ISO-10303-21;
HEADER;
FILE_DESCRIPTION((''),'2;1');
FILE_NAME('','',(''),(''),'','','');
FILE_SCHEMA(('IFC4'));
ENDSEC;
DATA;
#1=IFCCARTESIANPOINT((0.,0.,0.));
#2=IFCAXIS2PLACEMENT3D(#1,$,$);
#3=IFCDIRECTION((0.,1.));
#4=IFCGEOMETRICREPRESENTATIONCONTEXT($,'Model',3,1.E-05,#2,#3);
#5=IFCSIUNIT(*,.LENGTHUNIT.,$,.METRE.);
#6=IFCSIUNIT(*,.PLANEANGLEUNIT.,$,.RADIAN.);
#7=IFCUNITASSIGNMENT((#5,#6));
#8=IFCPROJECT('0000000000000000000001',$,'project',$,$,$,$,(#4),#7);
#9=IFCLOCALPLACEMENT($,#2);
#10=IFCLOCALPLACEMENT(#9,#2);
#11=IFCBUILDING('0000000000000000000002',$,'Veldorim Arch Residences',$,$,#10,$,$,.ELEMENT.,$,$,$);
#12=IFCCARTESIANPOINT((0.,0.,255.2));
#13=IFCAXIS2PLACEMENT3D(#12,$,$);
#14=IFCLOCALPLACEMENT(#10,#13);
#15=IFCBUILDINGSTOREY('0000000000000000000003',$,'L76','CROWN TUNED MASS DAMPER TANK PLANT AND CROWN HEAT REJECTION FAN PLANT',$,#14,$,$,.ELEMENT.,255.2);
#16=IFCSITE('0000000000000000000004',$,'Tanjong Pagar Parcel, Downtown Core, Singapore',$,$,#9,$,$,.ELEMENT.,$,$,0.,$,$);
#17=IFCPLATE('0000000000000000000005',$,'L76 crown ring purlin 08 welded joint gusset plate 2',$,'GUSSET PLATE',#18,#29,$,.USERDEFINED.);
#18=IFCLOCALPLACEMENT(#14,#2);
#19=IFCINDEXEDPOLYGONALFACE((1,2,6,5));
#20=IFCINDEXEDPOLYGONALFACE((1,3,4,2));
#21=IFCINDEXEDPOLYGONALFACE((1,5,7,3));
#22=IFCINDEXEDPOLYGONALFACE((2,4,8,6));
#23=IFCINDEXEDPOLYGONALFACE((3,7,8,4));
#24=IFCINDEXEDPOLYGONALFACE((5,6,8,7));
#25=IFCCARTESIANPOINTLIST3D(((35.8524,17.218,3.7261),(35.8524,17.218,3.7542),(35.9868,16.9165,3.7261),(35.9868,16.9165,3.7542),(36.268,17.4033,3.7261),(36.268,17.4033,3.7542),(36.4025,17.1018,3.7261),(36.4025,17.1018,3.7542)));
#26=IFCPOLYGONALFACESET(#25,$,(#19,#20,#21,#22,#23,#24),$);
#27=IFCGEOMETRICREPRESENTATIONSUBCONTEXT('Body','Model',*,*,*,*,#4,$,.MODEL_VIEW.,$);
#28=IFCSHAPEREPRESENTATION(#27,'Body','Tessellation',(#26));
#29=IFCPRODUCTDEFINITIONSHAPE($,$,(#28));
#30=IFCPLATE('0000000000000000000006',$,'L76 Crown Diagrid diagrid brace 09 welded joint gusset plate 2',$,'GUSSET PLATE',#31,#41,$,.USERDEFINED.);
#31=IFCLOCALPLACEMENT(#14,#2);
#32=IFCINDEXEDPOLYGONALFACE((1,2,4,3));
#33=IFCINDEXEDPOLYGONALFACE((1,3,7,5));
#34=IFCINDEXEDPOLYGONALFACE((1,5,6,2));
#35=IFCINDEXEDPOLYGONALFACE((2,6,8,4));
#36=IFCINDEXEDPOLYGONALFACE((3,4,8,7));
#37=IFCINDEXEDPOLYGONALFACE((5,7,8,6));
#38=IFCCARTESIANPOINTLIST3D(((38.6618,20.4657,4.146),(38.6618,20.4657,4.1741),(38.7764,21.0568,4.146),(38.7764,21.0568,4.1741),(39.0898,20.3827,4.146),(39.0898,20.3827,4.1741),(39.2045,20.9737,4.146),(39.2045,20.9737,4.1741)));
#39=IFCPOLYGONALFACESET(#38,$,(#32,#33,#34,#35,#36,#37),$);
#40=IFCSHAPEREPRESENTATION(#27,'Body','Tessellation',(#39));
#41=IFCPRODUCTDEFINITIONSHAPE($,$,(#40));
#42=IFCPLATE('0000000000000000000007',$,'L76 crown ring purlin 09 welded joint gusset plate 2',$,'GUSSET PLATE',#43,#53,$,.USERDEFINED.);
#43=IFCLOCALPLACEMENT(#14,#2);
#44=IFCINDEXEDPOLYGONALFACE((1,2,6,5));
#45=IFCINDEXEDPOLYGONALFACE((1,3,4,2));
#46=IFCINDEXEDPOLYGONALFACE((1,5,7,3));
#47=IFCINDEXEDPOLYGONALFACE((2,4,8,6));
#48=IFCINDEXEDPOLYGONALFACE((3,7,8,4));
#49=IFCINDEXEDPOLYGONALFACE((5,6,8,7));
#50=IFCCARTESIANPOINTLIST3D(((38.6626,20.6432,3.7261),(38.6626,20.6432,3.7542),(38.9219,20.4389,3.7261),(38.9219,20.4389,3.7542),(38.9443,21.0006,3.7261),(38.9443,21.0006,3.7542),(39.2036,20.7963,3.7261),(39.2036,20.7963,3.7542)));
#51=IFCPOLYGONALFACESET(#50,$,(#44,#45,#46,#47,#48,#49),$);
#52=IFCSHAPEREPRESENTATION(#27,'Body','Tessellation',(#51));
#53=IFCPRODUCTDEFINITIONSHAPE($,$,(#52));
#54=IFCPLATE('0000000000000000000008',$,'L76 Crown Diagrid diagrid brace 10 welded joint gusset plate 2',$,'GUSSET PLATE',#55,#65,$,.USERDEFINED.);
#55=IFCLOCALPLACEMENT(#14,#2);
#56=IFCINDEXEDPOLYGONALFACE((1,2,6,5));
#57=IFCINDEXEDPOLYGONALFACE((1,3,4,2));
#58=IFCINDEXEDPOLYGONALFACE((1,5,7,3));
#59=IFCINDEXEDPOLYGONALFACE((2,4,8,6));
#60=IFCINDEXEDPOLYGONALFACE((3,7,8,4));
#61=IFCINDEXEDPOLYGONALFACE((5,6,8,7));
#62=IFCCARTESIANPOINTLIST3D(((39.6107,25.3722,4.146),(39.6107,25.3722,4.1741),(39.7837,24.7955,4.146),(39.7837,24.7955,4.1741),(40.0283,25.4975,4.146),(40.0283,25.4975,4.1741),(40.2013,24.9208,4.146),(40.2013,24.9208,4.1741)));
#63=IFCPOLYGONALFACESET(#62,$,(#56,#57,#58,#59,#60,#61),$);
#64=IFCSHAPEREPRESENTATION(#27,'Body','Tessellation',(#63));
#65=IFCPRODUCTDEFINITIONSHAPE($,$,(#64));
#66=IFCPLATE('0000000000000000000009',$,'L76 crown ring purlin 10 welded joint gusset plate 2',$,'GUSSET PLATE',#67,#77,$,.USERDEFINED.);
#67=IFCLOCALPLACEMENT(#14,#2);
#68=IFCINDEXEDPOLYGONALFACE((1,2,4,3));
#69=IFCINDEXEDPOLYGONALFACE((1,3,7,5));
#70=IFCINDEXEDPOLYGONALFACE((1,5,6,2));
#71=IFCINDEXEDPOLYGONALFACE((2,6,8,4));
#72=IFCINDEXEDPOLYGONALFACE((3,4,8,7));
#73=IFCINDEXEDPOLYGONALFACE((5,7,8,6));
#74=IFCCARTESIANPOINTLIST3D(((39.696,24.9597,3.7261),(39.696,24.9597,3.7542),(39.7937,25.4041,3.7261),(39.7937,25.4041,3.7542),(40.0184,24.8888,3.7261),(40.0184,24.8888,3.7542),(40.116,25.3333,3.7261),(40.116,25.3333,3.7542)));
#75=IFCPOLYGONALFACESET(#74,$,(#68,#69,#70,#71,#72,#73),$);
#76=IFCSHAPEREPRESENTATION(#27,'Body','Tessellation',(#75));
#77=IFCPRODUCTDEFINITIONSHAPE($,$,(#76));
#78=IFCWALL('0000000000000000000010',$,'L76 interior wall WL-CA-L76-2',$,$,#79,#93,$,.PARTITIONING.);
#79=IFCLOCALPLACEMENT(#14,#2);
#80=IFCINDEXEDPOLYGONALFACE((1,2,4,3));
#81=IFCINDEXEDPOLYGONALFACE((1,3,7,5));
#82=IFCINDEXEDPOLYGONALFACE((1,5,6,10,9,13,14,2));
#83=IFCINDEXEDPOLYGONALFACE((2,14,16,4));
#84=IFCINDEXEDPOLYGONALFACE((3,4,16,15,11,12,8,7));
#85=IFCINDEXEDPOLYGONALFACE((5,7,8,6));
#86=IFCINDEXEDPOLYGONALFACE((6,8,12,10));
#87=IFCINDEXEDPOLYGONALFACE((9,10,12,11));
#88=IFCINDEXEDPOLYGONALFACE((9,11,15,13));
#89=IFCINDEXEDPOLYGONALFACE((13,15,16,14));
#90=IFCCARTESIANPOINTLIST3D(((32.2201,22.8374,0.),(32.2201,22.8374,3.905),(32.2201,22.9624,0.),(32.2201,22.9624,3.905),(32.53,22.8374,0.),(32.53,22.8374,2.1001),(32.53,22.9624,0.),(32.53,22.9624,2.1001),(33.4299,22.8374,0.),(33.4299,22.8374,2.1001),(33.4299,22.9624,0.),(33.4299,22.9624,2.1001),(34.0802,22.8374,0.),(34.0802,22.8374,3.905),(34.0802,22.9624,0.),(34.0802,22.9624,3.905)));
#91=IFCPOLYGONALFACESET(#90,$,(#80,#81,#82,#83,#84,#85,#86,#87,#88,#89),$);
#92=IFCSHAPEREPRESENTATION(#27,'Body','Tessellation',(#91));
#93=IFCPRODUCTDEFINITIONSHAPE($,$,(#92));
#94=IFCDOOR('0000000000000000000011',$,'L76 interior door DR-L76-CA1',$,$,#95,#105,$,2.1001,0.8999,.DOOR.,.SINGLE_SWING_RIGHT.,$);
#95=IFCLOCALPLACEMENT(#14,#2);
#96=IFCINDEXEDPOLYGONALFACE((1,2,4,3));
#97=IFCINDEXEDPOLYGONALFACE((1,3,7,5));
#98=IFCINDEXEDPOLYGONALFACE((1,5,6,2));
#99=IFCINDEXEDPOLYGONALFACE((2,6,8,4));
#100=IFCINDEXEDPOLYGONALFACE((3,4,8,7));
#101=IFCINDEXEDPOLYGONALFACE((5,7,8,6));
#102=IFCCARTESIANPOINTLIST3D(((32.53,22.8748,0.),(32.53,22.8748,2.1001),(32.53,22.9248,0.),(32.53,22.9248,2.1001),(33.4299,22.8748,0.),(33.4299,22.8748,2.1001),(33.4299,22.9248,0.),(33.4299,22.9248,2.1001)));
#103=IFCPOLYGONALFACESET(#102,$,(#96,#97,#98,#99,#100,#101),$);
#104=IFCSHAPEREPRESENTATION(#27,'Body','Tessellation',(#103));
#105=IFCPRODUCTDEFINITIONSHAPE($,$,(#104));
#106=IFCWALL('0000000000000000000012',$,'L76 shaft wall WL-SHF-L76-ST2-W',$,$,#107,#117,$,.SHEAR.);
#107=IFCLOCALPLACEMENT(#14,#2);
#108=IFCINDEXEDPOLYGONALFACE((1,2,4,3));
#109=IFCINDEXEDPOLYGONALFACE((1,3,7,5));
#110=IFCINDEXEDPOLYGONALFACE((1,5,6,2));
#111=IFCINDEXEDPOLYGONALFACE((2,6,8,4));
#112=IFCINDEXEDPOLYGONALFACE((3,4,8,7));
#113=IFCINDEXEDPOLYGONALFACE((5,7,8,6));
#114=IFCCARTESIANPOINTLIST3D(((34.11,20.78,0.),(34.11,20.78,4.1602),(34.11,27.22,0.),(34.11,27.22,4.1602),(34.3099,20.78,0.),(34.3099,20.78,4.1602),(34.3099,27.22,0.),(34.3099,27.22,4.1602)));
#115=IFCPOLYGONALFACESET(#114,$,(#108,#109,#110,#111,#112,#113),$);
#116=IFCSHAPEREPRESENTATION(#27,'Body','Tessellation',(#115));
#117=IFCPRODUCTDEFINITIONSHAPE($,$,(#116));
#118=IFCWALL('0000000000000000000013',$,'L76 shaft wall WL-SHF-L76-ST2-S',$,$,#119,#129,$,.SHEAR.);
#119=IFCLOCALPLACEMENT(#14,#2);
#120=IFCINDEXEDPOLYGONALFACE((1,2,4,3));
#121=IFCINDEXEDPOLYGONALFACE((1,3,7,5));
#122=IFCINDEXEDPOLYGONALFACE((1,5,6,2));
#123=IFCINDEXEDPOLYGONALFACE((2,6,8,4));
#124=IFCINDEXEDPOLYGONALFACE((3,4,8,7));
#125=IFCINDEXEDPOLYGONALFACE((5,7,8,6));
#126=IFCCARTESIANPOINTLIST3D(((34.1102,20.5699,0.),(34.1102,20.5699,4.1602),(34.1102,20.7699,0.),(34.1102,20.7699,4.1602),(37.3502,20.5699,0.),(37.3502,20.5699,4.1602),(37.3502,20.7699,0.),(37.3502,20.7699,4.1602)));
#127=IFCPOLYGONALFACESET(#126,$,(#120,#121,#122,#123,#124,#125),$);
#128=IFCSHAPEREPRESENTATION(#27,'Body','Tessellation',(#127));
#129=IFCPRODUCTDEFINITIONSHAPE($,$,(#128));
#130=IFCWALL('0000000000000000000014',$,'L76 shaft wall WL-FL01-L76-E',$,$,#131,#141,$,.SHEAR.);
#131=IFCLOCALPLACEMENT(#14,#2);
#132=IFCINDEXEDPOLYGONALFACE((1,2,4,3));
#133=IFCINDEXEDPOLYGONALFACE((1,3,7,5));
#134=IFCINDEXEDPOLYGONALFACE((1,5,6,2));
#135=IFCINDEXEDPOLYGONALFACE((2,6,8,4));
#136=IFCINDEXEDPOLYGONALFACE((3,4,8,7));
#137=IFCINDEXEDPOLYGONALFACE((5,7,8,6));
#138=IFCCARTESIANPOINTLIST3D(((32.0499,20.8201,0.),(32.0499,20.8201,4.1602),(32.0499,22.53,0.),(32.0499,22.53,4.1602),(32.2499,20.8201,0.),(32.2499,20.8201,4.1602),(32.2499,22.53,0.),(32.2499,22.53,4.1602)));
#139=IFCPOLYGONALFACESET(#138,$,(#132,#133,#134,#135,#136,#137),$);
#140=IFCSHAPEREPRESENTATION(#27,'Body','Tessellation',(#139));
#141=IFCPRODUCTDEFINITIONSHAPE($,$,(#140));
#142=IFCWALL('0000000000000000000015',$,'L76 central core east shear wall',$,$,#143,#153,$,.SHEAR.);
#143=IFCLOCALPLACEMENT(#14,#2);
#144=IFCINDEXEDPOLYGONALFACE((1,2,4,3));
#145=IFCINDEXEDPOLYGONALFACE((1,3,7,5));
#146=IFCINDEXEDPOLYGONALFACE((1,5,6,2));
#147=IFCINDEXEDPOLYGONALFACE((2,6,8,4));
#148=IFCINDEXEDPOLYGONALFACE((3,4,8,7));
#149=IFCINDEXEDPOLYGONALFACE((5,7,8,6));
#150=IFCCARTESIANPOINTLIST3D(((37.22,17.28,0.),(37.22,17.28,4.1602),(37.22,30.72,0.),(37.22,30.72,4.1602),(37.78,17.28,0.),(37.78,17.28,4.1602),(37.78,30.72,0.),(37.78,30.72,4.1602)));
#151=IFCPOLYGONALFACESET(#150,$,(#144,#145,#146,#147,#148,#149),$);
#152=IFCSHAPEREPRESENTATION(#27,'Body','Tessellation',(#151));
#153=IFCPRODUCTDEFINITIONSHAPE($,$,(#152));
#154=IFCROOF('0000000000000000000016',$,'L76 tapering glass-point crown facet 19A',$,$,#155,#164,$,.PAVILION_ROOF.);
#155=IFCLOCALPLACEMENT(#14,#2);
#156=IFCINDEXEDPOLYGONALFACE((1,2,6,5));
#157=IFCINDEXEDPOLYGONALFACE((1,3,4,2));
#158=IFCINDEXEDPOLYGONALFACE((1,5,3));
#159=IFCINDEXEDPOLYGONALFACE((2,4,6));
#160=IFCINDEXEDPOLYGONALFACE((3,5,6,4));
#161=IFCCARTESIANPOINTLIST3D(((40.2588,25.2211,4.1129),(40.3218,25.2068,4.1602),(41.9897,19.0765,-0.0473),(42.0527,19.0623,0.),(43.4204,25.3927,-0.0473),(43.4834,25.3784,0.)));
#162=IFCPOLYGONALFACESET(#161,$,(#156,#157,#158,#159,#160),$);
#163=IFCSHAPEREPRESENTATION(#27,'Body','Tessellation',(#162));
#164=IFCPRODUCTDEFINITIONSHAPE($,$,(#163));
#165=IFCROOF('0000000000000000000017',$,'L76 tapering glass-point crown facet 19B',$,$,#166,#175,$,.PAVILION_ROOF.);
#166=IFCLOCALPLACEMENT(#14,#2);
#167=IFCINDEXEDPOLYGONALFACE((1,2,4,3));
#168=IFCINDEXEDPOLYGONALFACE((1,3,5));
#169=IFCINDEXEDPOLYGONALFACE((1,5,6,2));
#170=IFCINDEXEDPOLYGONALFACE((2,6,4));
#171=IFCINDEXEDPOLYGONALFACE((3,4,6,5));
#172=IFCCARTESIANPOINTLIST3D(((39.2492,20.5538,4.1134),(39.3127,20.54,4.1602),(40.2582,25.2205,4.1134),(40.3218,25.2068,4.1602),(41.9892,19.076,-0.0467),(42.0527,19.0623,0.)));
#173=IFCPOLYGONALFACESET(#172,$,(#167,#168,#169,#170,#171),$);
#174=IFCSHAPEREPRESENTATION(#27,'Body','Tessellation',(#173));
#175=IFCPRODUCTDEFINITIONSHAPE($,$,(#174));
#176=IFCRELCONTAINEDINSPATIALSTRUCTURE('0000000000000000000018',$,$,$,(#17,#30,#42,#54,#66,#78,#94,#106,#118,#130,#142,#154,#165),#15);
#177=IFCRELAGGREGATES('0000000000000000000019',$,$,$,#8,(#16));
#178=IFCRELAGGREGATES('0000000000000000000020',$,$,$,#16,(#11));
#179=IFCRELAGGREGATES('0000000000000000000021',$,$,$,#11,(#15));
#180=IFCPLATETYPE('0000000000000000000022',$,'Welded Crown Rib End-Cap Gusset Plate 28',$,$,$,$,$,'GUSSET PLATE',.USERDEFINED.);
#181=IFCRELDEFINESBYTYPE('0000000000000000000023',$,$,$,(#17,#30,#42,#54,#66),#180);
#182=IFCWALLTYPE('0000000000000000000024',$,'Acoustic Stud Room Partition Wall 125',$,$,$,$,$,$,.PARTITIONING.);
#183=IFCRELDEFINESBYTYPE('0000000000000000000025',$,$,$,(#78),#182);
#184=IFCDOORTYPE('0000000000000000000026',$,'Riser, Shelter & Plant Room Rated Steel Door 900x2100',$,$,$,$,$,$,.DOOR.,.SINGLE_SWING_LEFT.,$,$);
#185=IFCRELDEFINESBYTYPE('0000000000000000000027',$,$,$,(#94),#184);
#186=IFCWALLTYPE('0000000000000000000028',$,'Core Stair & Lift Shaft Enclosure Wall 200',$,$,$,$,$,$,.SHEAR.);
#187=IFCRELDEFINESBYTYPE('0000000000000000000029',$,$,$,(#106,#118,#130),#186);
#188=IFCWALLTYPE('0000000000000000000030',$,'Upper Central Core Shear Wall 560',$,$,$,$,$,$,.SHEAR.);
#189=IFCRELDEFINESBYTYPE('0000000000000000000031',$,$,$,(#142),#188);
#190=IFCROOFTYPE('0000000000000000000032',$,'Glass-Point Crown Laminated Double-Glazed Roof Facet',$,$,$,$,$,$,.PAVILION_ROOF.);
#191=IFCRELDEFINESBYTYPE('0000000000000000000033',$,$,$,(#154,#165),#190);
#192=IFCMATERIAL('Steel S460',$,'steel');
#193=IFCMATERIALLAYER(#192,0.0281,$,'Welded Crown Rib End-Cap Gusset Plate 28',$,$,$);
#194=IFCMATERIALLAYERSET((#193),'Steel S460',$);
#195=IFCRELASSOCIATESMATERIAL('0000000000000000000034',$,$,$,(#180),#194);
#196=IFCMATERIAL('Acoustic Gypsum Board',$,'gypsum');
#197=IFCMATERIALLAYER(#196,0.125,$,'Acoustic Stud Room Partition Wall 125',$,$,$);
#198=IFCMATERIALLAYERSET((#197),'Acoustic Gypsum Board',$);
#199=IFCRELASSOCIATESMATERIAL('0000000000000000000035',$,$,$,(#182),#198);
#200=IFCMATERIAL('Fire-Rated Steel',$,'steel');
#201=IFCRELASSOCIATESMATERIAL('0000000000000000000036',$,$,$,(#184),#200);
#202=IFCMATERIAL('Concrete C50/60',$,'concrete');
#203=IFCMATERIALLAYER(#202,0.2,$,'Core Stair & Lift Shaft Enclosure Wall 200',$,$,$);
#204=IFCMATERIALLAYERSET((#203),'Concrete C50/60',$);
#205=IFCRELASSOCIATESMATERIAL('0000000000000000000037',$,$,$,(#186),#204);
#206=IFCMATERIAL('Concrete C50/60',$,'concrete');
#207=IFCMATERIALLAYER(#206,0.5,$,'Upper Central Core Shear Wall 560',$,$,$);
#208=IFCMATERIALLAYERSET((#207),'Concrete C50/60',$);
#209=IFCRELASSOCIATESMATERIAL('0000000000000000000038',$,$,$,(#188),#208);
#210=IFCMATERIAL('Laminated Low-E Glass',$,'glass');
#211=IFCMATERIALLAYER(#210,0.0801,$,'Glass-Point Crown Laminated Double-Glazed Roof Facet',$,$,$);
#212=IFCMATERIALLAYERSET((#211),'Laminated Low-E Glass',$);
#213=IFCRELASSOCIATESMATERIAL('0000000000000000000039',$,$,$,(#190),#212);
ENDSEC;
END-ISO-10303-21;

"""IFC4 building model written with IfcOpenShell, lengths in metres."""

from ifc_helpers import new_model, si_unit, direction, frame, frame_2d, origin, origin_2d, place, context, subcontext, project, spatial, polyline, rectangle, outline, extrude, material, layer, layer_set, type_object, element, fill, save


model = new_model("IFC4")

# Units and contexts
model_context = context("Model", 3, precision=1e-05, world=origin(), true_north=direction((0.0, 1.0)))
body_context = subcontext(model_context, "Body", "Model", "MODEL_VIEW")
ifc_project = project(units=[si_unit("LENGTHUNIT", "METRE"), si_unit("PLANEANGLEUNIT", "RADIAN")], contexts=[model_context])

# Site, building, storey
site_placement = place(None, origin())
site = spatial("IfcSite", under=ifc_project, at=site_placement, Name="Tanjong Pagar Parcel, Downtown Core, Singapore", CompositionType="ELEMENT", RefElevation=0.0)
building_placement = place(site_placement, origin())
building = spatial("IfcBuilding", under=site, at=building_placement, Name="Veldorim Arch Residences", CompositionType="ELEMENT")
storey_placement = place(building_placement, frame((0.0, 0.0, 255.2)))
storey = spatial("IfcBuildingStorey", under=building, at=storey_placement, Name="L76", Description="CROWN TUNED MASS DAMPER TANK PLANT AND CROWN HEAT REJECTION FAN PLANT", CompositionType="ELEMENT", Elevation=255.2)

# Plates
ifc_material_1 = material(Name="Steel S460", Category="steel")
ifc_layer_1 = layer(ifc_material_1, 0.0281, Name="Welded Crown Rib End-Cap Gusset Plate 28")
ifc_layer_set_1 = layer_set([ifc_layer_1], Name="Steel S460")
plate_type = type_object("IfcPlateType", Name="Welded Crown Rib End-Cap Gusset Plate 28", ElementType="GUSSET PLATE", PredefinedType="USERDEFINED", material=ifc_layer_set_1)
plate_1_placement = place(storey_placement, frame((36.1274, 17.1599, 3.7261), z_axis=(0.0, 0.0, 1.0), x_axis=(0.913311, 0.407263, 0.0)))
element("IfcPlate", 1, at=plate_1_placement, inside=storey, type_object=plate_type, Name="L76 crown ring purlin 08 welded joint gusset plate 2", ObjectType="GUSSET PLATE", PredefinedType="USERDEFINED", context=body_context, shape_type="SweptSolid", body=[
    extrude(rectangle(XDim=0.4551, YDim=0.3301, at=origin_2d()), origin(), (0.0, 0.0, 1.0), 0.0281),
])
plate_2_placement = place(storey_placement, frame((38.9331, 20.7197, 4.146), z_axis=(0.0, 0.0, 1.0), x_axis=(0.190415, 0.981704, 0.0)))
element("IfcPlate", 2, at=plate_2_placement, inside=storey, type_object=plate_type, Name="L76 Crown Diagrid diagrid brace 09 welded joint gusset plate 2", ObjectType="GUSSET PLATE", PredefinedType="USERDEFINED", context=body_context, shape_type="SweptSolid", body=[
    extrude(rectangle(XDim=0.6021, YDim=0.436, at=origin_2d()), origin(), (0.0, 0.0, 1.0), 0.0281),
])
plate_3_placement = place(storey_placement, frame((38.9331, 20.7197, 3.7261), z_axis=(0.0, 0.0, 1.0), x_axis=(0.619025, 0.785371, 0.0)))
element("IfcPlate", 3, at=plate_3_placement, inside=storey, type_object=plate_type, Name="L76 crown ring purlin 09 welded joint gusset plate 2", ObjectType="GUSSET PLATE", PredefinedType="USERDEFINED", context=body_context, shape_type="SweptSolid", body=[
    extrude(rectangle(XDim=0.4551, YDim=0.3301, at=origin_2d()), origin(), (0.0, 0.0, 1.0), 0.0281),
])
plate_4_placement = place(storey_placement, frame((39.906, 25.1465, 4.146), z_axis=(0.0, 0.0, 1.0), x_axis=(-0.287327, 0.957833, 0.0)))
element("IfcPlate", 4, at=plate_4_placement, inside=storey, type_object=plate_type, Name="L76 Crown Diagrid diagrid brace 10 welded joint gusset plate 2", ObjectType="GUSSET PLATE", PredefinedType="USERDEFINED", context=body_context, shape_type="SweptSolid", body=[
    extrude(rectangle(XDim=0.6021, YDim=0.436, at=origin_2d()), origin(), (0.0, 0.0, 1.0), 0.0281),
])
plate_5_placement = place(storey_placement, frame((39.906, 25.1465, 3.7261), z_axis=(0.0, 0.0, 1.0), x_axis=(0.214667, 0.976687, 0.0)))
element("IfcPlate", 5, at=plate_5_placement, inside=storey, type_object=plate_type, Name="L76 crown ring purlin 10 welded joint gusset plate 2", ObjectType="GUSSET PLATE", PredefinedType="USERDEFINED", context=body_context, shape_type="SweptSolid", body=[
    extrude(rectangle(XDim=0.4551, YDim=0.3301, at=origin_2d()), origin(), (0.0, 0.0, 1.0), 0.0281),
])

# Wall, opening, door
ifc_material_2 = material(Name="Acoustic Gypsum Board", Category="gypsum")
ifc_layer_2 = layer(ifc_material_2, 0.125, Name="Acoustic Stud Room Partition Wall 125")
ifc_layer_set_2 = layer_set([ifc_layer_2], Name="Acoustic Gypsum Board")
wall_type_1 = type_object("IfcWallType", Name="Acoustic Stud Room Partition Wall 125", PredefinedType="PARTITIONING", material=ifc_layer_set_2)
wall_1_placement = place(storey_placement, frame((32.22, 22.8999, 0.0), z_axis=(0.0, 0.0, 1.0), x_axis=(1.0, 0.0, 0.0)))
wall_1 = element("IfcWall", 6, at=wall_1_placement, inside=storey, type_object=wall_type_1, Name="L76 interior wall WL-CA-L76-2", PredefinedType="PARTITIONING", context=body_context, shape_type="SweptSolid", body=[
    extrude(rectangle(XDim=1.8601, YDim=0.125, at=frame_2d((0.9302, 0.0))), origin(), (0.0, 0.0, 1.0), 3.905),
])
opening_placement = place(wall_1_placement, frame((0.3101, 0.0, 0.0)))
opening = element("IfcOpeningElement", 7, at=opening_placement, cuts=wall_1, PredefinedType="OPENING", context=body_context, shape_type="SweptSolid", body=[
    extrude(rectangle(XDim=0.8999, YDim=2.1001, at=frame_2d((0.45, 1.05))), frame((0.0, 0.0725, 0.0), z_axis=(0.0, -1.0, 0.0), x_axis=(1.0, 0.0, 0.0)), (0.0, 0.0, 1.0), 0.145),
])
ifc_material_3 = material(Name="Fire-Rated Steel", Category="steel")
door_type = type_object("IfcDoorType", Name="Riser, Shelter & Plant Room Rated Steel Door 900x2100", OperationType="SINGLE_SWING_LEFT", PredefinedType="DOOR", material=ifc_material_3)
door_placement = place(opening_placement, origin())
door = element("IfcDoor", 8, at=door_placement, inside=storey, type_object=door_type, Name="L76 interior door DR-L76-CA1", OperationType="SINGLE_SWING_RIGHT", OverallHeight=2.1001, OverallWidth=0.8999, PredefinedType="DOOR", context=body_context, shape_type="SweptSolid", body=[
    extrude(rectangle(XDim=0.8999, YDim=2.1001, at=frame_2d((0.45, 1.05))), frame((0.0, 0.0249, 0.0), z_axis=(0.0, -1.0, 0.0), x_axis=(1.0, 0.0, 0.0)), (0.0, 0.0, 1.0), 0.05),
])
fill(opening, door)

# Walls
ifc_material_4 = material(Name="Concrete C50/60", Category="concrete")
ifc_layer_3 = layer(ifc_material_4, 0.2, Name="Core Stair & Lift Shaft Enclosure Wall 200")
ifc_layer_set_3 = layer_set([ifc_layer_3], Name="Concrete C50/60")
wall_type_2 = type_object("IfcWallType", Name="Core Stair & Lift Shaft Enclosure Wall 200", PredefinedType="SHEAR", material=ifc_layer_set_3)
wall_2_placement = place(storey_placement, frame((34.21, 20.78, 0.0), z_axis=(0.0, 0.0, 1.0), x_axis=(0.0, 1.0, 0.0)))
element("IfcWall", 9, at=wall_2_placement, inside=storey, type_object=wall_type_2, Name="L76 shaft wall WL-SHF-L76-ST2-W", PredefinedType="SHEAR", context=body_context, shape_type="SweptSolid", body=[
    extrude(rectangle(XDim=6.4399, YDim=0.2, at=frame_2d((3.22, 0.0))), origin(), (0.0, 0.0, 1.0), 4.1602),
])
wall_3_placement = place(storey_placement, frame((34.1101, 20.6699, 0.0), z_axis=(0.0, 0.0, 1.0), x_axis=(1.0, 0.0, 0.0)))
element("IfcWall", 10, at=wall_3_placement, inside=storey, type_object=wall_type_2, Name="L76 shaft wall WL-SHF-L76-ST2-S", PredefinedType="SHEAR", context=body_context, shape_type="SweptSolid", body=[
    extrude(rectangle(XDim=3.24, YDim=0.2, at=frame_2d((1.6201, 0.0))), origin(), (0.0, 0.0, 1.0), 4.1602),
])
wall_4_placement = place(storey_placement, frame((32.1499, 20.8201, 0.0), z_axis=(0.0, 0.0, 1.0), x_axis=(0.0, 1.0, 0.0)))
element("IfcWall", 11, at=wall_4_placement, inside=storey, type_object=wall_type_2, Name="L76 shaft wall WL-FL01-L76-E", PredefinedType="SHEAR", context=body_context, shape_type="SweptSolid", body=[
    extrude(rectangle(XDim=1.71, YDim=0.2, at=frame_2d((0.855, 0.0))), origin(), (0.0, 0.0, 1.0), 4.1602),
])
ifc_material_5 = material(Name="Concrete C50/60", Category="concrete")
ifc_layer_4 = layer(ifc_material_5, 0.5, Name="Upper Central Core Shear Wall 560")
ifc_layer_set_4 = layer_set([ifc_layer_4], Name="Concrete C50/60")
wall_type_3 = type_object("IfcWallType", Name="Upper Central Core Shear Wall 560", PredefinedType="SHEAR", material=ifc_layer_set_4)
wall_5_placement = place(storey_placement, frame((37.5, 17.28, 0.0), z_axis=(0.0, 0.0, 1.0), x_axis=(0.0, 1.0, 0.0)))
element("IfcWall", 12, at=wall_5_placement, inside=storey, type_object=wall_type_3, Name="L76 central core east shear wall", PredefinedType="SHEAR", context=body_context, shape_type="SweptSolid", body=[
    extrude(rectangle(XDim=13.4399, YDim=0.5601, at=frame_2d((6.72, 0.0))), origin(), (0.0, 0.0, 1.0), 4.1602),
])

# Roofs
ifc_material_6 = material(Name="Laminated Low-E Glass", Category="glass")
ifc_layer_5 = layer(ifc_material_6, 0.0801, Name="Glass-Point Crown Laminated Double-Glazed Roof Facet")
ifc_layer_set_5 = layer_set([ifc_layer_5], Name="Laminated Low-E Glass")
roof_type = type_object("IfcRoofType", Name="Glass-Point Crown Laminated Double-Glazed Roof Facet", PredefinedType="PAVILION_ROOF", material=ifc_layer_set_5)
roof_1_placement = place(storey_placement, frame((42.0527, 19.0623, 0.0), z_axis=(0.786949, -0.178251, 0.590709), x_axis=(0.220912, 0.975294, 0.0)))
element("IfcRoof", 13, at=roof_1_placement, inside=storey, type_object=roof_type, Name="L76 tapering glass-point crown facet 19A", PredefinedType="PAVILION_ROOF", context=body_context, shape_type="SweptSolid", body=[
    extrude(outline(polyline([(0.0, 0.0), (6.4762, 0.0), (5.6103, 5.1558), (0.0, 0.0)])), origin(), (0.0, 0.0, -1.0), 0.0801),
])
roof_2_placement = place(storey_placement, frame((42.0527, 19.0623, 0.0), z_axis=(0.793648, -0.171601, 0.583674), x_axis=(-0.227171, 0.806411, 0.545981)))
element("IfcRoof", 14, at=roof_2_placement, inside=storey, type_object=roof_type, Name="L76 tapering glass-point crown facet 19B", PredefinedType="PAVILION_ROOF", context=body_context, shape_type="SweptSolid", body=[
    extrude(outline(polyline([(0.0, 0.0), (7.6196, 0.0), (4.0855, 3.2104), (0.0, 0.0)])), origin(), (0.0, 0.0, -1.0), 0.0801),
])

save(model, "model.ifc")
